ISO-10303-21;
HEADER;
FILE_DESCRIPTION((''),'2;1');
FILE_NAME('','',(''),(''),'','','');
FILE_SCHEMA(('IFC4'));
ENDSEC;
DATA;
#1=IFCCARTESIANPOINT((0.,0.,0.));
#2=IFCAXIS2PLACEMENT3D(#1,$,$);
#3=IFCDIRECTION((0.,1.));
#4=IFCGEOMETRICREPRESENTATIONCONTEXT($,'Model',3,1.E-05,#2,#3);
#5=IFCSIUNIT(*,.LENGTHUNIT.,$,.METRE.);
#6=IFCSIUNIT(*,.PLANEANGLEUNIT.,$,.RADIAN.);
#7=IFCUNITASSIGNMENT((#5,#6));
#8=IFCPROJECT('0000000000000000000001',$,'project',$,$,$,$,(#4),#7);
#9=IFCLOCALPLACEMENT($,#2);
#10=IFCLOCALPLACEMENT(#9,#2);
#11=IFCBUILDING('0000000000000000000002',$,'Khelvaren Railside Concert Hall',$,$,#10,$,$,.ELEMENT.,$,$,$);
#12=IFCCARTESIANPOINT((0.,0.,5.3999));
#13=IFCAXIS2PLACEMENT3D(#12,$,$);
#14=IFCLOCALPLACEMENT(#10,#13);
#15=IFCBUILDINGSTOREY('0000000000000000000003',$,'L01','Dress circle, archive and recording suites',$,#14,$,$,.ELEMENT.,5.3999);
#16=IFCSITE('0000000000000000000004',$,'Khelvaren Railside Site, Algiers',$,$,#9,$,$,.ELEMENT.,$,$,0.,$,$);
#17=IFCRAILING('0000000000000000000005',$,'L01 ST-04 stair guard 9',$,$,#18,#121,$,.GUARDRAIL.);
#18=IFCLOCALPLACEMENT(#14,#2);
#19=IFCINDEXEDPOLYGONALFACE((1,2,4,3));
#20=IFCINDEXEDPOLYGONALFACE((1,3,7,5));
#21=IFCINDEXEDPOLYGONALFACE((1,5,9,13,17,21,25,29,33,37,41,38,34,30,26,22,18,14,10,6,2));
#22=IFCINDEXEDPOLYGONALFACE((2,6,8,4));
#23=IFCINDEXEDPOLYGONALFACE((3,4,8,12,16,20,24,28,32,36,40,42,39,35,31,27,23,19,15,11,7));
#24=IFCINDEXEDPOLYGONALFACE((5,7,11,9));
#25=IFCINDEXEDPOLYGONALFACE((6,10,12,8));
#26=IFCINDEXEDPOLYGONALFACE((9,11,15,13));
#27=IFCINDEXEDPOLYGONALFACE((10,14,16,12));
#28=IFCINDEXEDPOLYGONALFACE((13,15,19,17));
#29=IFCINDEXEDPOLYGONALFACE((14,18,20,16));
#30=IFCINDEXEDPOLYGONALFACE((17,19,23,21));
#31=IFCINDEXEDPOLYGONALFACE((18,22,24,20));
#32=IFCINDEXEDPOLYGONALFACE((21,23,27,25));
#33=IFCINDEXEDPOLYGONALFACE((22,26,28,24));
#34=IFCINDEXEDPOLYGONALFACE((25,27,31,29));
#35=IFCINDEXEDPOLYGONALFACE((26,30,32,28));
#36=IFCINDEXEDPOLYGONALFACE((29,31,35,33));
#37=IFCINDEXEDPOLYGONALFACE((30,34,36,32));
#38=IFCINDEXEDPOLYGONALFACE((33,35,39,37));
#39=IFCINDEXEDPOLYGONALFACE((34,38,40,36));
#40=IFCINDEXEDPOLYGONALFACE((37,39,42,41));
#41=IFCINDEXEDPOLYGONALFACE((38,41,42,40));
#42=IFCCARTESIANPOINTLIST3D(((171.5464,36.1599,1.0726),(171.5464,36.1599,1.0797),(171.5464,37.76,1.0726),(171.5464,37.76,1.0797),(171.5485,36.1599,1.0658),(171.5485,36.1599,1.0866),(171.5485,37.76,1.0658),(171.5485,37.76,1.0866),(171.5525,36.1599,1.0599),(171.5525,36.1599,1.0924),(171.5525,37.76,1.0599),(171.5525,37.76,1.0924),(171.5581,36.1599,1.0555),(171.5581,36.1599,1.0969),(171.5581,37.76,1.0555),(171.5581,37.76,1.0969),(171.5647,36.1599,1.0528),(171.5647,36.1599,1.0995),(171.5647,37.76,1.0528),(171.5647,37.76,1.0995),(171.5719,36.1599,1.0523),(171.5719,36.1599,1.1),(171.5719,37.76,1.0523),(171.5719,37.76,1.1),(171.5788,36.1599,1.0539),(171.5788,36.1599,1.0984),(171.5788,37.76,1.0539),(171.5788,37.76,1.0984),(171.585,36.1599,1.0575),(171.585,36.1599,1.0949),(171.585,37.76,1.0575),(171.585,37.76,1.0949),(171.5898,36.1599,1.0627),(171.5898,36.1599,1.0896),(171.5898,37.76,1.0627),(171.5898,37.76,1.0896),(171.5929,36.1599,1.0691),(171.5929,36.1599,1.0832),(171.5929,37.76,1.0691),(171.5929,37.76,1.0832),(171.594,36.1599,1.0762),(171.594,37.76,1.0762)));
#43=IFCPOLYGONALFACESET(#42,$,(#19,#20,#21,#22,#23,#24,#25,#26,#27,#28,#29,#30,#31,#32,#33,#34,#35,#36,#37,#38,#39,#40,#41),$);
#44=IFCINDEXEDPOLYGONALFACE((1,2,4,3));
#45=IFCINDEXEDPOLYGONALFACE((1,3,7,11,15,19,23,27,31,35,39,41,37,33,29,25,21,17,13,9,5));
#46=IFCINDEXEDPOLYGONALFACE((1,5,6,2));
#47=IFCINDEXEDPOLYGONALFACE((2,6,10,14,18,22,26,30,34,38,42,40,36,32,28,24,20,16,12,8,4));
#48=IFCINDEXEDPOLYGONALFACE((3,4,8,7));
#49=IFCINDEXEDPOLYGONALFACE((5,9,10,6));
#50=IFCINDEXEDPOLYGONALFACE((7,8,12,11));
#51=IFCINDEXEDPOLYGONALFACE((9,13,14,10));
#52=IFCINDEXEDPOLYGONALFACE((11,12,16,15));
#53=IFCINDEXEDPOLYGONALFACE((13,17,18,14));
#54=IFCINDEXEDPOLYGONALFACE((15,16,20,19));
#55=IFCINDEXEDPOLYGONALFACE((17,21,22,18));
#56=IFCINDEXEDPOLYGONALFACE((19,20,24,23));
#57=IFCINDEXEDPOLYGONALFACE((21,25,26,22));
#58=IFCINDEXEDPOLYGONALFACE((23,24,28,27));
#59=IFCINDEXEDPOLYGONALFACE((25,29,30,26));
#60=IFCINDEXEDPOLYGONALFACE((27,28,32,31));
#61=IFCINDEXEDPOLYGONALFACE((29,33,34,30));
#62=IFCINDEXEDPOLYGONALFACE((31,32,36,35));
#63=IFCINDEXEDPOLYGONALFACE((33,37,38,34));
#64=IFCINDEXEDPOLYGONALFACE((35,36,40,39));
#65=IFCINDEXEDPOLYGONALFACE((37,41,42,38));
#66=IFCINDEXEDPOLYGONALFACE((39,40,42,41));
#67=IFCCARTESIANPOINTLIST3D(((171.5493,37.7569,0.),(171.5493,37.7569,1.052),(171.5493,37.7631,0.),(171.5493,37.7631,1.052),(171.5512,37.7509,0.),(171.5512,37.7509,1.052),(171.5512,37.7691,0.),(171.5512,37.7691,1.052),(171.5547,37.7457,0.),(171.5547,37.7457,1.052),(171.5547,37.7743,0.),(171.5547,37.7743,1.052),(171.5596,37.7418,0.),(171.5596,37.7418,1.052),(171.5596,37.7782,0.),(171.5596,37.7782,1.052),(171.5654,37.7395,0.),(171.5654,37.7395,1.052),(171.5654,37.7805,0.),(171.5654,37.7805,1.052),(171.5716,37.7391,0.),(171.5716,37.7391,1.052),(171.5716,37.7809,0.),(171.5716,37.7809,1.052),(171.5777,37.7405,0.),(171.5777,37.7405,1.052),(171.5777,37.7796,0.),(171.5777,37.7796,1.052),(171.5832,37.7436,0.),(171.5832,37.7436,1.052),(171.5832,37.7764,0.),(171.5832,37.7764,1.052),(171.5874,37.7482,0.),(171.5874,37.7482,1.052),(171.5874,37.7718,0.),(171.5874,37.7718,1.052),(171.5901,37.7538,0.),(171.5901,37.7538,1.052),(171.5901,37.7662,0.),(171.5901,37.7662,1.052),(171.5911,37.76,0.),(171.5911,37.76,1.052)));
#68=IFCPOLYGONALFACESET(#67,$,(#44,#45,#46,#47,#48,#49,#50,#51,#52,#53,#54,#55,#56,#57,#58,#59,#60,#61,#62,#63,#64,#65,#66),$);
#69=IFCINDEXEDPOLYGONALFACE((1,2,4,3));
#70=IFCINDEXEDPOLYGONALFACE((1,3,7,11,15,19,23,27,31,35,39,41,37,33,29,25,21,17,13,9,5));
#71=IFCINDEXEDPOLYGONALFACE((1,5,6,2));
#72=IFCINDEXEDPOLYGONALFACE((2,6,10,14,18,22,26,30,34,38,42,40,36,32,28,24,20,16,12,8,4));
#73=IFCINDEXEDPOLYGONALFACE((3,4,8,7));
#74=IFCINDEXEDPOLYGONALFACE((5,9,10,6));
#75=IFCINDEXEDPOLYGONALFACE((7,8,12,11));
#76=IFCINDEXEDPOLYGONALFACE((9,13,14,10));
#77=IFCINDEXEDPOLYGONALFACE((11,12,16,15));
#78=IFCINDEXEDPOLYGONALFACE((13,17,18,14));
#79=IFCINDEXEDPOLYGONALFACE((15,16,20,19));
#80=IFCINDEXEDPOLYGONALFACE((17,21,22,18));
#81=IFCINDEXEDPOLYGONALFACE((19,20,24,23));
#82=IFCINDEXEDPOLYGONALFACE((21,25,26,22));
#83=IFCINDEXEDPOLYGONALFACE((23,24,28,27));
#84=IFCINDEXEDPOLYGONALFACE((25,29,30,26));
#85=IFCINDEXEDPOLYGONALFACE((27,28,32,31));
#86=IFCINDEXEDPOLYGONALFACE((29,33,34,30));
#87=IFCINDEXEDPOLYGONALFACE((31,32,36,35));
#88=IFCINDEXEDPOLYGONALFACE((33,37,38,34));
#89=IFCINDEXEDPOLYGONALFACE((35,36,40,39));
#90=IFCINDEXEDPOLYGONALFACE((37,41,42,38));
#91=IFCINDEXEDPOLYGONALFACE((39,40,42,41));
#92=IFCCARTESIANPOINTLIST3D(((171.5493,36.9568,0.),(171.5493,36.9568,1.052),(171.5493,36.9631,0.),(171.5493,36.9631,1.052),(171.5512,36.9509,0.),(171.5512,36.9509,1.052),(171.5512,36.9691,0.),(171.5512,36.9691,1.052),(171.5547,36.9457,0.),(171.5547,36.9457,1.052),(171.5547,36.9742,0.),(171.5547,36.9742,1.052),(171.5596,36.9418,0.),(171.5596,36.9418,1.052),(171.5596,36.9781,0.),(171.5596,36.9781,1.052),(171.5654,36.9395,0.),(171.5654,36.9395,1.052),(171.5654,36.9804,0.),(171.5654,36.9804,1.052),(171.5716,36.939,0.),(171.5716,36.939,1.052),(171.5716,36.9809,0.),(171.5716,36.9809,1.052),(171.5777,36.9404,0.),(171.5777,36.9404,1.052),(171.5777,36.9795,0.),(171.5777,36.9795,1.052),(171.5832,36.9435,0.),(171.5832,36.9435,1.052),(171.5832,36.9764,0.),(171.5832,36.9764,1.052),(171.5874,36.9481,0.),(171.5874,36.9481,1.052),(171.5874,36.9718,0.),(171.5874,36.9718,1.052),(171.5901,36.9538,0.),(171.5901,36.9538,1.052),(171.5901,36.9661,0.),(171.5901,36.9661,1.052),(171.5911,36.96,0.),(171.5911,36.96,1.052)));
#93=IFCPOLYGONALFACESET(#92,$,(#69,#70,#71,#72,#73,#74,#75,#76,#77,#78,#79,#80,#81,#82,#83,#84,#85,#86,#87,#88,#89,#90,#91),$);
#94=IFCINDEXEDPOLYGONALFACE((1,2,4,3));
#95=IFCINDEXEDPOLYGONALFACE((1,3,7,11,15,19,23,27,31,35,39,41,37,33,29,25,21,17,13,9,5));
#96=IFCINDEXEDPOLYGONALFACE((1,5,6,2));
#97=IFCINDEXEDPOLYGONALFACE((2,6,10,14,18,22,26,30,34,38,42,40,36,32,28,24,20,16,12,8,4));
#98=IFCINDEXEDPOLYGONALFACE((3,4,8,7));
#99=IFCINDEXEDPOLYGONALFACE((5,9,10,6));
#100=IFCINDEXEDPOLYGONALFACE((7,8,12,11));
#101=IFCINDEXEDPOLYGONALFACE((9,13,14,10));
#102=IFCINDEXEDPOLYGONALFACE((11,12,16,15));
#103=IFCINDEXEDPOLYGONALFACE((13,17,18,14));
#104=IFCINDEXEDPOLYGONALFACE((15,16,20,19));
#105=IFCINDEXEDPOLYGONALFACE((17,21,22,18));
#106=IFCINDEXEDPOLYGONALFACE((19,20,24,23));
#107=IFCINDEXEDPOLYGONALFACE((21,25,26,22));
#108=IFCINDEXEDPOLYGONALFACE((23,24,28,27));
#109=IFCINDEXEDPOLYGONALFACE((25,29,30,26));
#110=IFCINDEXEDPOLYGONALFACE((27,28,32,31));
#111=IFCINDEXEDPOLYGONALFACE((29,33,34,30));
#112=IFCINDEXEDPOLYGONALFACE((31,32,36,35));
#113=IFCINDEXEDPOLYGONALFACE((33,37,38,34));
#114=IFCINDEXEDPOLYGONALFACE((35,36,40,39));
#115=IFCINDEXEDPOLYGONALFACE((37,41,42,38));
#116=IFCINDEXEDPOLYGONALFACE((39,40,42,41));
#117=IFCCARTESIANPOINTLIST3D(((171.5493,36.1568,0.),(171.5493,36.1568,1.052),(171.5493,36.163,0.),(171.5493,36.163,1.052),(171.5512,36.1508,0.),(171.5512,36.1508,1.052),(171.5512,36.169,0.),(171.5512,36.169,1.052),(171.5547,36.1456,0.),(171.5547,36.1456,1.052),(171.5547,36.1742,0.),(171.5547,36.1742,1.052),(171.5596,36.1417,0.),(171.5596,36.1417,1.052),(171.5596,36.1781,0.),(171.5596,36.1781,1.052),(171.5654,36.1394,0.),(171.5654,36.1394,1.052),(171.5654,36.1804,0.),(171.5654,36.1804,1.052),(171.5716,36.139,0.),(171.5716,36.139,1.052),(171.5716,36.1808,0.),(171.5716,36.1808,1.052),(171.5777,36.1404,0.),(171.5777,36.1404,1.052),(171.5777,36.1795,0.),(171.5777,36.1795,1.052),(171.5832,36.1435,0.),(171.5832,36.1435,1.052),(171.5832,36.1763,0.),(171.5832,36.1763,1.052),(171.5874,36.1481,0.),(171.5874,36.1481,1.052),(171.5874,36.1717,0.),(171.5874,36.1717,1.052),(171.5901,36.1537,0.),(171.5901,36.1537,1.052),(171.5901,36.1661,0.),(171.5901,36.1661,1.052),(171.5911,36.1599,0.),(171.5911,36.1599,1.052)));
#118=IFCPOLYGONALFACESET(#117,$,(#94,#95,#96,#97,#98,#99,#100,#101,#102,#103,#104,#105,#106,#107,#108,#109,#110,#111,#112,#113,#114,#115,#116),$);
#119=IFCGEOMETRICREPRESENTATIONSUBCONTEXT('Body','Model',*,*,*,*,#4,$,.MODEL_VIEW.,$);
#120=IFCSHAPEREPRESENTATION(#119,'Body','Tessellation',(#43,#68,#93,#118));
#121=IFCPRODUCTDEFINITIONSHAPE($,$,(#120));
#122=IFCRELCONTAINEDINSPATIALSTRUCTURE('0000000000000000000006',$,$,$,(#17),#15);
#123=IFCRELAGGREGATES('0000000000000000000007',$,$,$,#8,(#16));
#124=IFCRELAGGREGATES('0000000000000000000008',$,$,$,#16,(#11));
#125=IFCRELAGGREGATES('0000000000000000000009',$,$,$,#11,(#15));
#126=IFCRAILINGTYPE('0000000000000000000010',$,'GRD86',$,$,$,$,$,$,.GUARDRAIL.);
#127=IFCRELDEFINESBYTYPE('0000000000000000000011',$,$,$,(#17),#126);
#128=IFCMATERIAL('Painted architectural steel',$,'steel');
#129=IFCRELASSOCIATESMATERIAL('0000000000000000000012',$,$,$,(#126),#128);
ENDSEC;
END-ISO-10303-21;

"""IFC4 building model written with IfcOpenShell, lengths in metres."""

from ifc_helpers import new_model, si_unit, direction, frame, origin, origin_2d, place, context, subcontext, project, spatial, circle, extrude, material, type_object, element, save


model = new_model("IFC4")

# Units and contexts
model_context = context("Model", 3, precision=1e-05, world=origin(), true_north=direction((0.0, 1.0)))
body_context = subcontext(model_context, "Body", "Model", "MODEL_VIEW")
ifc_project = project(units=[si_unit("LENGTHUNIT", "METRE"), si_unit("PLANEANGLEUNIT", "RADIAN")], contexts=[model_context])

# Site, building, storey
site_placement = place(None, origin())
site = spatial("IfcSite", under=ifc_project, at=site_placement, Name="Khelvaren Railside Site, Algiers", CompositionType="ELEMENT", RefElevation=0.0)
building_placement = place(site_placement, origin())
building = spatial("IfcBuilding", under=site, at=building_placement, Name="Khelvaren Railside Concert Hall", CompositionType="ELEMENT")
storey_placement = place(building_placement, frame((0.0, 0.0, 5.3999)))
storey = spatial("IfcBuildingStorey", under=building, at=storey_placement, Name="L01", Description="Dress circle, archive and recording suites", CompositionType="ELEMENT", Elevation=5.3999)

# Railing
ifc_material_1 = material(Name="Painted architectural steel", Category="steel")
railing_type_1 = type_object("IfcRailingType", Name="GRD86", PredefinedType="GUARDRAIL", material=ifc_material_1)
railing_1_placement = place(storey_placement, frame((171.5701, 37.76, 0.0)))
element("IfcRailing", 1, at=railing_1_placement, inside=storey, type_object=railing_type_1, Name="L01 ST-04 stair guard 9", PredefinedType="GUARDRAIL", context=body_context, shape_type="SweptSolid", body=[
    extrude(circle(Radius=0.0239, at=origin_2d()), frame((0.0, 0.0, 1.0762), z_axis=(0.0, -1.0, 0.0), x_axis=(1.0, 0.0, 0.0)), (0.0, 0.0, 1.0), 1.6001),
    extrude(circle(Radius=0.021, at=origin_2d()), origin(), (0.0, 0.0, 1.0), 1.052),
    extrude(circle(Radius=0.021, at=origin_2d()), frame((0.0, -0.8, 0.0)), (0.0, 0.0, 1.0), 1.052),
    extrude(circle(Radius=0.021, at=origin_2d()), frame((0.0, -1.6001, 0.0)), (0.0, 0.0, 1.0), 1.052),
])

save(model, "model.ifc")
